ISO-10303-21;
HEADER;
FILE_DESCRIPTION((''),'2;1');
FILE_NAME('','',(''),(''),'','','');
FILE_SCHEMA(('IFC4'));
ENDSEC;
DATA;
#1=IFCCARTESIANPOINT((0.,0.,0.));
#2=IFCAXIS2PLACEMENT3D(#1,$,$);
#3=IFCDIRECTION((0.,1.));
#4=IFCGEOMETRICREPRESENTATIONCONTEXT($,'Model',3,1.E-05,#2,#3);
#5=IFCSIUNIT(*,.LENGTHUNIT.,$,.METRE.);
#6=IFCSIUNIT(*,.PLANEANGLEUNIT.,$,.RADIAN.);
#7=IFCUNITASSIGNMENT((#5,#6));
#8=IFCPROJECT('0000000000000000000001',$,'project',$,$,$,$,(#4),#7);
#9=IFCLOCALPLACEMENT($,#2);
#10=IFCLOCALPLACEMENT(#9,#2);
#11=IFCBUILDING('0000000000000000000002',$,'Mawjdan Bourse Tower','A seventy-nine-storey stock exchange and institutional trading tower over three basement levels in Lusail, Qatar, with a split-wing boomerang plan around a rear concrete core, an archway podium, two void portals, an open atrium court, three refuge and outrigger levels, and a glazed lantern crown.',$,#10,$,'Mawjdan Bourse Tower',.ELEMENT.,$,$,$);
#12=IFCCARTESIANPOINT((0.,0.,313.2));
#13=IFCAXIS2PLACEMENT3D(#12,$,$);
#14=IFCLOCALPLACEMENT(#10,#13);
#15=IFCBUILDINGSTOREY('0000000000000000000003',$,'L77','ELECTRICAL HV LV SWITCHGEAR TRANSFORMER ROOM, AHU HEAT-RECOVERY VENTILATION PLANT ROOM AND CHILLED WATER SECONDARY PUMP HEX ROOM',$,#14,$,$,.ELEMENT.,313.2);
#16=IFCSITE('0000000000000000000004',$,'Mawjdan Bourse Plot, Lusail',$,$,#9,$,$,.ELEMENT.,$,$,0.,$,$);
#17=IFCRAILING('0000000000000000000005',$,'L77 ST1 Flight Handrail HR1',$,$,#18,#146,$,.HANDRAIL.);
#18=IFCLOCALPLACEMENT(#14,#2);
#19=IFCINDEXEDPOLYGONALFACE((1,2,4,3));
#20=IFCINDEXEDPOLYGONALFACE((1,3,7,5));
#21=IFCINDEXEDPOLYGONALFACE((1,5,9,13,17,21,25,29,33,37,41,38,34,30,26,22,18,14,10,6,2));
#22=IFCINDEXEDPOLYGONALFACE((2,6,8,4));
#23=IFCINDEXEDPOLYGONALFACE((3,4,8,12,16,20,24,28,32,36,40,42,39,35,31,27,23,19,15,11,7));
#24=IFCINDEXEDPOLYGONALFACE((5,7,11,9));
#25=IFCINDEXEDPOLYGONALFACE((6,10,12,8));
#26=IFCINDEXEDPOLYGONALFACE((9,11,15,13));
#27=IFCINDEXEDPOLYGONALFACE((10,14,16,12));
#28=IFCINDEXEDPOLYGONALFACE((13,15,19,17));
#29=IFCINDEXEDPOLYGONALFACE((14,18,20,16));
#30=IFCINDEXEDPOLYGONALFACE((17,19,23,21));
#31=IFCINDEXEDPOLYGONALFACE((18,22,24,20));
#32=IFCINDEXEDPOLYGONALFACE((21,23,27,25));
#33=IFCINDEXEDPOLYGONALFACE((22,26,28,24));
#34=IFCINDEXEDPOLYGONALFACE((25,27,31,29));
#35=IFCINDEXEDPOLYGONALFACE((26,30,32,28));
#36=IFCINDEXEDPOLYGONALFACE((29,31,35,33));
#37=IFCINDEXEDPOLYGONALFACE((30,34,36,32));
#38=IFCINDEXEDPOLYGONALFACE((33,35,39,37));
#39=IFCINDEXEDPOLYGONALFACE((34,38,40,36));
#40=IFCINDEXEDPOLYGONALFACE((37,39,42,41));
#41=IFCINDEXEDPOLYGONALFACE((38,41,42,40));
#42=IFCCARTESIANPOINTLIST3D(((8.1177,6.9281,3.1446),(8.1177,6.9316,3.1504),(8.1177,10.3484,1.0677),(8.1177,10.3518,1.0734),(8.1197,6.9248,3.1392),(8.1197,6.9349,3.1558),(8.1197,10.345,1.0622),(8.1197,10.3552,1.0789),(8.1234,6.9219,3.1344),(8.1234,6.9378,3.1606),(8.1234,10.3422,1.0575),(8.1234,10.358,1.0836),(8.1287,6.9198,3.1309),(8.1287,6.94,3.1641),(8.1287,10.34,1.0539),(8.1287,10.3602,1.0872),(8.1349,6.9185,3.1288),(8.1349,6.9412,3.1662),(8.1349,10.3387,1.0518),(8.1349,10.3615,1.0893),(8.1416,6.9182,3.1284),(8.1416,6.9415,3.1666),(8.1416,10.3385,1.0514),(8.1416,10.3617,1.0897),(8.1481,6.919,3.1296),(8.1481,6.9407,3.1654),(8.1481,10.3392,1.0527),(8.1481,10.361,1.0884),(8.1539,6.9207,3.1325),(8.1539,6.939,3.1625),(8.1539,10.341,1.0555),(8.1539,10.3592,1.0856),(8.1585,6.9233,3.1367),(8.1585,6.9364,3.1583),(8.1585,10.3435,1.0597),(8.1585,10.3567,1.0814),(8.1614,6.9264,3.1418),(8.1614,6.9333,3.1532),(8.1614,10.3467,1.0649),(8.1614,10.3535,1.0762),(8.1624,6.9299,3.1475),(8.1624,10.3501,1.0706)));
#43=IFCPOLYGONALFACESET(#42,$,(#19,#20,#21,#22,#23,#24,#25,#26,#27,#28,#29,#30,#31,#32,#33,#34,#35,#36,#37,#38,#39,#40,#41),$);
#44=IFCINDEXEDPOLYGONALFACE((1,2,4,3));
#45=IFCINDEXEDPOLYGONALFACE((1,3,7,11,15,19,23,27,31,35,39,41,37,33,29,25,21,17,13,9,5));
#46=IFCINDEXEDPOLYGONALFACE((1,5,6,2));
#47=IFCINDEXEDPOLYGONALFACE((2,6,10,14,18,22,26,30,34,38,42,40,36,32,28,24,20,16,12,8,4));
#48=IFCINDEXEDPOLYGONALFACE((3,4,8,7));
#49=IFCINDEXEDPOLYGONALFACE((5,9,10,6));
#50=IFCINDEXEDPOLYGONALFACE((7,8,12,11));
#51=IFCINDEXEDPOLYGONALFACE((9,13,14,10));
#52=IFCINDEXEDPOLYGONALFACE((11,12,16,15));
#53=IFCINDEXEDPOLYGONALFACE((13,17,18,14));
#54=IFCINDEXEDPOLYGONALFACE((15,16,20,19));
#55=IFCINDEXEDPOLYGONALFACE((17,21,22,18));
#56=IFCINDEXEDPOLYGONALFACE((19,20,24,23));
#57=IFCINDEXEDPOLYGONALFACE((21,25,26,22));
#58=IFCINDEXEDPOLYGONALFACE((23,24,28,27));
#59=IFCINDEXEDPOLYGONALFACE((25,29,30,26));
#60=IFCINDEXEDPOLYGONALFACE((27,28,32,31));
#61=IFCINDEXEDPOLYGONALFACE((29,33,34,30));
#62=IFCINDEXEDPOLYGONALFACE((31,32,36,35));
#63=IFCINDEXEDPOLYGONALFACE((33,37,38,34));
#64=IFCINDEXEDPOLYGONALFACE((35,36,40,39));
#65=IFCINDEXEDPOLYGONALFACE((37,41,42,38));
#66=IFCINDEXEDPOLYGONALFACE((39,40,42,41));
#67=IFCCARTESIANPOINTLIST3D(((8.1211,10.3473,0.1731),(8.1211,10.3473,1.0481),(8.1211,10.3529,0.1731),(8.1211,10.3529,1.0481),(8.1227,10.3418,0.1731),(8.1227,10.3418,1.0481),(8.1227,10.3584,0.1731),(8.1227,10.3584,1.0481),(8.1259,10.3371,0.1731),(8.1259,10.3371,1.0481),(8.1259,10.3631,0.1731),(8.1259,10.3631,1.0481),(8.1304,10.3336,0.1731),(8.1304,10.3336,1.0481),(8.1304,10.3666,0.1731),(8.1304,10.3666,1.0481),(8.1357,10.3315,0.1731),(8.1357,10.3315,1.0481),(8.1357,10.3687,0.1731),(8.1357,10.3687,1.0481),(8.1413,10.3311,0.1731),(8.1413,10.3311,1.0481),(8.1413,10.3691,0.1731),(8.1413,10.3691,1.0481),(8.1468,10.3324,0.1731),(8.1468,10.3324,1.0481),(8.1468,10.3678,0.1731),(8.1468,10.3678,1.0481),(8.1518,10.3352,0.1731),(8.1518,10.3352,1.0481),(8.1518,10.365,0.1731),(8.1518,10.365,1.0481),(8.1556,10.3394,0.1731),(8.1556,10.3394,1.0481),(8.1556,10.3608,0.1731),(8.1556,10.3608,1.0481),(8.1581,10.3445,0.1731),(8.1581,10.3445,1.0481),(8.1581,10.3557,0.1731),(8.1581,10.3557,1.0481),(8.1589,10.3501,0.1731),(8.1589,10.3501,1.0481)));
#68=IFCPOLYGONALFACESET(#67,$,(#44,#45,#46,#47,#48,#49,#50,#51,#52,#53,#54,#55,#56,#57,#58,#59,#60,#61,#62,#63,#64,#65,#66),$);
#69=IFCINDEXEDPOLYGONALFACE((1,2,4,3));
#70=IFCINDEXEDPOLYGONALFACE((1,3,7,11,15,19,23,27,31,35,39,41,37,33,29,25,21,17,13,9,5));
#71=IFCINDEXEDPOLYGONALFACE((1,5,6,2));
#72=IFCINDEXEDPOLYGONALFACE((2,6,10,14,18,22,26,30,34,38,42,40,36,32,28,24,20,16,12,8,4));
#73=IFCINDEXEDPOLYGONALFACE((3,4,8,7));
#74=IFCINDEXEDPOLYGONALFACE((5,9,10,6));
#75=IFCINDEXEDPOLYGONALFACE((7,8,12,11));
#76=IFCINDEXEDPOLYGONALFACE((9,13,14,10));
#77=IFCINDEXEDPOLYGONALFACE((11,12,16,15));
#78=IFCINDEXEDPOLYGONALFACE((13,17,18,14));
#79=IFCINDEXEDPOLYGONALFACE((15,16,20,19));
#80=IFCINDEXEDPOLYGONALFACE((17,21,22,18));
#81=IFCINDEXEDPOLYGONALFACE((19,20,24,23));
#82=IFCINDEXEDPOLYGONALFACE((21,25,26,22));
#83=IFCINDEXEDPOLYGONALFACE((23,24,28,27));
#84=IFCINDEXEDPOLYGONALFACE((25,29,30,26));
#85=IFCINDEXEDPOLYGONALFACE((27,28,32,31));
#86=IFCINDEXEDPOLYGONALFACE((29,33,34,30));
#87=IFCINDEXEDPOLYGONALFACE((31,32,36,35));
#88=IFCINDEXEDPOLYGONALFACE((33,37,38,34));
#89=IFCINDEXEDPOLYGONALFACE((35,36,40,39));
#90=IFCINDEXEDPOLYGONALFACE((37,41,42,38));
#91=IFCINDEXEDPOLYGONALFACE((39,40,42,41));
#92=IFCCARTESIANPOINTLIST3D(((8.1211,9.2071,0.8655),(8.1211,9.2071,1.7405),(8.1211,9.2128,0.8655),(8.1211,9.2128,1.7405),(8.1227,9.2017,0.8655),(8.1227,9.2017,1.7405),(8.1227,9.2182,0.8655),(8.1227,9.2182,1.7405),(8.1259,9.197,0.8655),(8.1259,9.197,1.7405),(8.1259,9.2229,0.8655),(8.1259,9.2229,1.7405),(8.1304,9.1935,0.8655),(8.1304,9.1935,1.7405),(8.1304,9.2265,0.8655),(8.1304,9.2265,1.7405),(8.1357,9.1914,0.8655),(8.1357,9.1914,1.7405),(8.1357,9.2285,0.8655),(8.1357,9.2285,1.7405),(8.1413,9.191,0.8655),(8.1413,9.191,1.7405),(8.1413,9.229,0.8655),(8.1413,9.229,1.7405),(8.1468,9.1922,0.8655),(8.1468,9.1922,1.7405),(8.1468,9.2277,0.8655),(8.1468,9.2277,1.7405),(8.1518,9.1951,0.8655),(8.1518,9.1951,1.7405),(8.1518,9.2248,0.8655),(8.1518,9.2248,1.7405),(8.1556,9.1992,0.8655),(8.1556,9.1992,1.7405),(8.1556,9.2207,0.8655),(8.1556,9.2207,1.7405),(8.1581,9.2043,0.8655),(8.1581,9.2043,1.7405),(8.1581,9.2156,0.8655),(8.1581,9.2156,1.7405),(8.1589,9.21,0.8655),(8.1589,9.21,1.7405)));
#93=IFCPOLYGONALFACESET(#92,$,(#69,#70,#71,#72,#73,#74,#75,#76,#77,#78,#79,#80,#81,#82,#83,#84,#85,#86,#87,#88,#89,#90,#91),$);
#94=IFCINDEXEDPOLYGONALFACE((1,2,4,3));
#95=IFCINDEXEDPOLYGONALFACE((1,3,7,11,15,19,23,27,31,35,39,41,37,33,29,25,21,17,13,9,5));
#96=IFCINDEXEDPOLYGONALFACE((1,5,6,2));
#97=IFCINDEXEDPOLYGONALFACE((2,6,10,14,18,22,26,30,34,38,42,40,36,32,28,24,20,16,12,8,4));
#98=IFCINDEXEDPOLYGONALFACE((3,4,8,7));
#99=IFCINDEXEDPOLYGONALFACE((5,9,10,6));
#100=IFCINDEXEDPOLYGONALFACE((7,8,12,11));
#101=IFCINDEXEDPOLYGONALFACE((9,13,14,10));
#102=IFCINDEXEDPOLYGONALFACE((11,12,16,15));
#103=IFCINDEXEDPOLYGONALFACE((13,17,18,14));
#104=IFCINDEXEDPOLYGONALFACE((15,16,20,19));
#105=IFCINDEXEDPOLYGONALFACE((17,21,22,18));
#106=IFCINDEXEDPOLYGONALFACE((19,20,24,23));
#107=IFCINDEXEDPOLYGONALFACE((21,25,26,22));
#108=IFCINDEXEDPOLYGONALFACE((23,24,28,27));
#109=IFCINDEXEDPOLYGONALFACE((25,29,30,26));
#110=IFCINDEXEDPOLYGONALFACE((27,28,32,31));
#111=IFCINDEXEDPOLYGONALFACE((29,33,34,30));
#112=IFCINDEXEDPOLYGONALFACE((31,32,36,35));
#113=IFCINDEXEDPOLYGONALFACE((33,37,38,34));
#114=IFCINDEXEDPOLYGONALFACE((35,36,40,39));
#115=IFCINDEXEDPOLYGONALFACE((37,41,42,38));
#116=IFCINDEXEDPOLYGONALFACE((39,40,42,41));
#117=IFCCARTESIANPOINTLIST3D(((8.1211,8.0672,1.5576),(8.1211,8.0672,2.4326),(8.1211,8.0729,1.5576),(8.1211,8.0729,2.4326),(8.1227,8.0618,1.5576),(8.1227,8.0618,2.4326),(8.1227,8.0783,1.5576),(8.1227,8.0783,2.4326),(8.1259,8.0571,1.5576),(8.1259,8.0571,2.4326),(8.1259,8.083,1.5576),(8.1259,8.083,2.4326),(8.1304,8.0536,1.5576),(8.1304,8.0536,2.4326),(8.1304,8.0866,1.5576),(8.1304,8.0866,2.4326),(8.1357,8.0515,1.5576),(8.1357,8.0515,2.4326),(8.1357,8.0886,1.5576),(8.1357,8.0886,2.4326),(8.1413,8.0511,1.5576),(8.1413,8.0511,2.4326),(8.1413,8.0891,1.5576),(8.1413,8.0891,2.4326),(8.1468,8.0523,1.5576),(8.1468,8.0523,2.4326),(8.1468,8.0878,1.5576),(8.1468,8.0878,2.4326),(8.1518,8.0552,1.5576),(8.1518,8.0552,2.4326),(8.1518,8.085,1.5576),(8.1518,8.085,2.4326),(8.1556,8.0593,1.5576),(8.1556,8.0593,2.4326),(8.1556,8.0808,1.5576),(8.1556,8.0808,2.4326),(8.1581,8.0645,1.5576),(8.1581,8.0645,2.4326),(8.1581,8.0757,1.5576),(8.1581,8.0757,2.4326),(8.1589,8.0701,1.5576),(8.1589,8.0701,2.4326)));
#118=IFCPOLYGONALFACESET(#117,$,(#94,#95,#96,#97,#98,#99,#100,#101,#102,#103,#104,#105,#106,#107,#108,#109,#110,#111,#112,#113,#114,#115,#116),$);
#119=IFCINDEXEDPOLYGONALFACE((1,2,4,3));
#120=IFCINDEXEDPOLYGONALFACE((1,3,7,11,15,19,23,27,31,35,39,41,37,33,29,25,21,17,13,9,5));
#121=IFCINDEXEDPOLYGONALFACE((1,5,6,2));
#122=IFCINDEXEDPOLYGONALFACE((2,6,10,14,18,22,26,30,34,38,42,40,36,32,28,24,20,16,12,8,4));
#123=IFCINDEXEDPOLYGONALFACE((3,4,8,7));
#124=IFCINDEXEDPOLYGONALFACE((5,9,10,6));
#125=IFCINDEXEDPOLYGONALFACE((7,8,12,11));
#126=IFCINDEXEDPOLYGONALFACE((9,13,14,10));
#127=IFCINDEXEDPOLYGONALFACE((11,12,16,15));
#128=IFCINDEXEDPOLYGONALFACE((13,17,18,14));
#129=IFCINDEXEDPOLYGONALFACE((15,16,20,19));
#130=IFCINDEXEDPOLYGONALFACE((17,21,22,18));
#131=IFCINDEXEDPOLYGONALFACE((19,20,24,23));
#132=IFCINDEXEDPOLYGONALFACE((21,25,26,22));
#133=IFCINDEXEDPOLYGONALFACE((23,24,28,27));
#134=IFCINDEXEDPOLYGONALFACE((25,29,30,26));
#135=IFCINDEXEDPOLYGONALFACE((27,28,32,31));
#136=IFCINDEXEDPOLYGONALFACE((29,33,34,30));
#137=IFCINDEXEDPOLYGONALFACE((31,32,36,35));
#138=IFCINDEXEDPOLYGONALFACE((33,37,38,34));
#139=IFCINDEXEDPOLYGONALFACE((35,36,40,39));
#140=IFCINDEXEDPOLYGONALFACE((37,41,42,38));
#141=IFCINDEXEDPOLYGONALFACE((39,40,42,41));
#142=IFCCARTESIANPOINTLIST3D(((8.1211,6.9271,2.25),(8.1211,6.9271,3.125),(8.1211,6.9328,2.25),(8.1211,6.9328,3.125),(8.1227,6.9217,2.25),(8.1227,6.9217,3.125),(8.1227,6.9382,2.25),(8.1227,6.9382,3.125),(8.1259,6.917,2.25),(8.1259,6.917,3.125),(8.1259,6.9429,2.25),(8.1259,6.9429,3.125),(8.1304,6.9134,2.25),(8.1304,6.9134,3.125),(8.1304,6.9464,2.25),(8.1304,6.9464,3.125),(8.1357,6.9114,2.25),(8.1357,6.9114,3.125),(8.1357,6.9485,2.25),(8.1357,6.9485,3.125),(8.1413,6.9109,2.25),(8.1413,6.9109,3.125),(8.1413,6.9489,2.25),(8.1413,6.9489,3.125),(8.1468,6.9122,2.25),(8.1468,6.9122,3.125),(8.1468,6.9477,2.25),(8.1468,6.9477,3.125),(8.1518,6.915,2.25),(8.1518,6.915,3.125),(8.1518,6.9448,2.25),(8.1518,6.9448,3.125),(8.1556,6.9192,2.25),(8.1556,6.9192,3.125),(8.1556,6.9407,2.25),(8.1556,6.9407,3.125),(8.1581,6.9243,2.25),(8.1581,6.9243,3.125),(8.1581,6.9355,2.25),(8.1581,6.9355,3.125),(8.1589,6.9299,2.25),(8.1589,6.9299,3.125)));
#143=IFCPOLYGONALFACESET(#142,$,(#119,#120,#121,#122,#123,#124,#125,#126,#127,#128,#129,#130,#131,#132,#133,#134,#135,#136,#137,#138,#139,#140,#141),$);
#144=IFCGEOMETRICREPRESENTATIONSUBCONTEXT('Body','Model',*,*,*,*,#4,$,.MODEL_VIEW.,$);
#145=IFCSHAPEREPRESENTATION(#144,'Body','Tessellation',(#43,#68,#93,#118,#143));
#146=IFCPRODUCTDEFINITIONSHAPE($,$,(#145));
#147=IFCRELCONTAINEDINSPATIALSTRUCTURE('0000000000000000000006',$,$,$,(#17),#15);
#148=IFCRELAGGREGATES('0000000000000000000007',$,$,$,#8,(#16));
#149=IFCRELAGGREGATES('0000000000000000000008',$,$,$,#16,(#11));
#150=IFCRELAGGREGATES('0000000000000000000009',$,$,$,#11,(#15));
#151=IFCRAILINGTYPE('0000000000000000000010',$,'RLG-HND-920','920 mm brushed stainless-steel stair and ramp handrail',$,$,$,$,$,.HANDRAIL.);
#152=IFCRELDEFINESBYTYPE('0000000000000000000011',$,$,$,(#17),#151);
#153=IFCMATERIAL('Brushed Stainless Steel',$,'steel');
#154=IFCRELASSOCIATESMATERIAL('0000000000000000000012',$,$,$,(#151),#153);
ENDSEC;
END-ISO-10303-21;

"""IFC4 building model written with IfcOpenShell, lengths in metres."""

from ifc_helpers import new_model, si_unit, direction, frame, origin, origin_2d, place, context, subcontext, project, spatial, circle, extrude, material, type_object, element, save


model = new_model("IFC4")

# Units and contexts
model_context = context("Model", 3, precision=1e-05, world=origin(), true_north=direction((0.0, 1.0)))
body_context = subcontext(model_context, "Body", "Model", "MODEL_VIEW")
ifc_project = project(units=[si_unit("LENGTHUNIT", "METRE"), si_unit("PLANEANGLEUNIT", "RADIAN")], contexts=[model_context])

# Site, building, storey
site_placement = place(None, origin())
site = spatial("IfcSite", under=ifc_project, at=site_placement, Name="Mawjdan Bourse Plot, Lusail", CompositionType="ELEMENT", RefElevation=0.0)
building_placement = place(site_placement, origin())
building = spatial("IfcBuilding", under=site, at=building_placement, Name="Mawjdan Bourse Tower", Description="A seventy-nine-storey stock exchange and institutional trading tower over three basement levels in Lusail, Qatar, with a split-wing boomerang plan around a rear concrete core, an archway podium, two void portals, an open atrium court, three refuge and outrigger levels, and a glazed lantern crown.", LongName="Mawjdan Bourse Tower", CompositionType="ELEMENT")
storey_placement = place(building_placement, frame((0.0, 0.0, 313.2)))
storey = spatial("IfcBuildingStorey", under=building, at=storey_placement, Name="L77", Description="ELECTRICAL HV LV SWITCHGEAR TRANSFORMER ROOM, AHU HEAT-RECOVERY VENTILATION PLANT ROOM AND CHILLED WATER SECONDARY PUMP HEX ROOM", CompositionType="ELEMENT", Elevation=313.2)

# Shared definitions
ifc_material_1 = material(Name="Brushed Stainless Steel", Category="steel")

# Railing
railing_type_1 = type_object("IfcRailingType", Name="RLG-HND-920", Description="920 mm brushed stainless-steel stair and ramp handrail", PredefinedType="HANDRAIL", material=ifc_material_1)
railing_1_placement = place(storey_placement, frame((8.1399, 10.3501, 0.1731)))
element("IfcRailing", 1, at=railing_1_placement, inside=storey, type_object=railing_type_1, Name="L77 ST1 Flight Handrail HR1", PredefinedType="HANDRAIL", context=body_context, shape_type="SweptSolid", body=[
    extrude(circle(Radius=0.0225, at=origin_2d()), frame((0.0, 0.0, 0.8975), z_axis=(0.0, -0.854746, 0.519047), x_axis=(1.0, 0.0, 0.0)), (0.0, 0.0, 1.0), 4.0015),
    extrude(circle(Radius=0.019, at=origin_2d()), origin(), (0.0, 0.0, 1.0), 0.875),
    extrude(circle(Radius=0.019, at=origin_2d()), frame((0.0, -1.1401, 0.6924)), (0.0, 0.0, 1.0), 0.875),
    extrude(circle(Radius=0.019, at=origin_2d()), frame((0.0, -2.28, 1.3845)), (0.0, 0.0, 1.0), 0.875),
    extrude(circle(Radius=0.019, at=origin_2d()), frame((0.0, -3.4202, 2.0769)), (0.0, 0.0, 1.0), 0.875),
])

save(model, "model.ifc")
